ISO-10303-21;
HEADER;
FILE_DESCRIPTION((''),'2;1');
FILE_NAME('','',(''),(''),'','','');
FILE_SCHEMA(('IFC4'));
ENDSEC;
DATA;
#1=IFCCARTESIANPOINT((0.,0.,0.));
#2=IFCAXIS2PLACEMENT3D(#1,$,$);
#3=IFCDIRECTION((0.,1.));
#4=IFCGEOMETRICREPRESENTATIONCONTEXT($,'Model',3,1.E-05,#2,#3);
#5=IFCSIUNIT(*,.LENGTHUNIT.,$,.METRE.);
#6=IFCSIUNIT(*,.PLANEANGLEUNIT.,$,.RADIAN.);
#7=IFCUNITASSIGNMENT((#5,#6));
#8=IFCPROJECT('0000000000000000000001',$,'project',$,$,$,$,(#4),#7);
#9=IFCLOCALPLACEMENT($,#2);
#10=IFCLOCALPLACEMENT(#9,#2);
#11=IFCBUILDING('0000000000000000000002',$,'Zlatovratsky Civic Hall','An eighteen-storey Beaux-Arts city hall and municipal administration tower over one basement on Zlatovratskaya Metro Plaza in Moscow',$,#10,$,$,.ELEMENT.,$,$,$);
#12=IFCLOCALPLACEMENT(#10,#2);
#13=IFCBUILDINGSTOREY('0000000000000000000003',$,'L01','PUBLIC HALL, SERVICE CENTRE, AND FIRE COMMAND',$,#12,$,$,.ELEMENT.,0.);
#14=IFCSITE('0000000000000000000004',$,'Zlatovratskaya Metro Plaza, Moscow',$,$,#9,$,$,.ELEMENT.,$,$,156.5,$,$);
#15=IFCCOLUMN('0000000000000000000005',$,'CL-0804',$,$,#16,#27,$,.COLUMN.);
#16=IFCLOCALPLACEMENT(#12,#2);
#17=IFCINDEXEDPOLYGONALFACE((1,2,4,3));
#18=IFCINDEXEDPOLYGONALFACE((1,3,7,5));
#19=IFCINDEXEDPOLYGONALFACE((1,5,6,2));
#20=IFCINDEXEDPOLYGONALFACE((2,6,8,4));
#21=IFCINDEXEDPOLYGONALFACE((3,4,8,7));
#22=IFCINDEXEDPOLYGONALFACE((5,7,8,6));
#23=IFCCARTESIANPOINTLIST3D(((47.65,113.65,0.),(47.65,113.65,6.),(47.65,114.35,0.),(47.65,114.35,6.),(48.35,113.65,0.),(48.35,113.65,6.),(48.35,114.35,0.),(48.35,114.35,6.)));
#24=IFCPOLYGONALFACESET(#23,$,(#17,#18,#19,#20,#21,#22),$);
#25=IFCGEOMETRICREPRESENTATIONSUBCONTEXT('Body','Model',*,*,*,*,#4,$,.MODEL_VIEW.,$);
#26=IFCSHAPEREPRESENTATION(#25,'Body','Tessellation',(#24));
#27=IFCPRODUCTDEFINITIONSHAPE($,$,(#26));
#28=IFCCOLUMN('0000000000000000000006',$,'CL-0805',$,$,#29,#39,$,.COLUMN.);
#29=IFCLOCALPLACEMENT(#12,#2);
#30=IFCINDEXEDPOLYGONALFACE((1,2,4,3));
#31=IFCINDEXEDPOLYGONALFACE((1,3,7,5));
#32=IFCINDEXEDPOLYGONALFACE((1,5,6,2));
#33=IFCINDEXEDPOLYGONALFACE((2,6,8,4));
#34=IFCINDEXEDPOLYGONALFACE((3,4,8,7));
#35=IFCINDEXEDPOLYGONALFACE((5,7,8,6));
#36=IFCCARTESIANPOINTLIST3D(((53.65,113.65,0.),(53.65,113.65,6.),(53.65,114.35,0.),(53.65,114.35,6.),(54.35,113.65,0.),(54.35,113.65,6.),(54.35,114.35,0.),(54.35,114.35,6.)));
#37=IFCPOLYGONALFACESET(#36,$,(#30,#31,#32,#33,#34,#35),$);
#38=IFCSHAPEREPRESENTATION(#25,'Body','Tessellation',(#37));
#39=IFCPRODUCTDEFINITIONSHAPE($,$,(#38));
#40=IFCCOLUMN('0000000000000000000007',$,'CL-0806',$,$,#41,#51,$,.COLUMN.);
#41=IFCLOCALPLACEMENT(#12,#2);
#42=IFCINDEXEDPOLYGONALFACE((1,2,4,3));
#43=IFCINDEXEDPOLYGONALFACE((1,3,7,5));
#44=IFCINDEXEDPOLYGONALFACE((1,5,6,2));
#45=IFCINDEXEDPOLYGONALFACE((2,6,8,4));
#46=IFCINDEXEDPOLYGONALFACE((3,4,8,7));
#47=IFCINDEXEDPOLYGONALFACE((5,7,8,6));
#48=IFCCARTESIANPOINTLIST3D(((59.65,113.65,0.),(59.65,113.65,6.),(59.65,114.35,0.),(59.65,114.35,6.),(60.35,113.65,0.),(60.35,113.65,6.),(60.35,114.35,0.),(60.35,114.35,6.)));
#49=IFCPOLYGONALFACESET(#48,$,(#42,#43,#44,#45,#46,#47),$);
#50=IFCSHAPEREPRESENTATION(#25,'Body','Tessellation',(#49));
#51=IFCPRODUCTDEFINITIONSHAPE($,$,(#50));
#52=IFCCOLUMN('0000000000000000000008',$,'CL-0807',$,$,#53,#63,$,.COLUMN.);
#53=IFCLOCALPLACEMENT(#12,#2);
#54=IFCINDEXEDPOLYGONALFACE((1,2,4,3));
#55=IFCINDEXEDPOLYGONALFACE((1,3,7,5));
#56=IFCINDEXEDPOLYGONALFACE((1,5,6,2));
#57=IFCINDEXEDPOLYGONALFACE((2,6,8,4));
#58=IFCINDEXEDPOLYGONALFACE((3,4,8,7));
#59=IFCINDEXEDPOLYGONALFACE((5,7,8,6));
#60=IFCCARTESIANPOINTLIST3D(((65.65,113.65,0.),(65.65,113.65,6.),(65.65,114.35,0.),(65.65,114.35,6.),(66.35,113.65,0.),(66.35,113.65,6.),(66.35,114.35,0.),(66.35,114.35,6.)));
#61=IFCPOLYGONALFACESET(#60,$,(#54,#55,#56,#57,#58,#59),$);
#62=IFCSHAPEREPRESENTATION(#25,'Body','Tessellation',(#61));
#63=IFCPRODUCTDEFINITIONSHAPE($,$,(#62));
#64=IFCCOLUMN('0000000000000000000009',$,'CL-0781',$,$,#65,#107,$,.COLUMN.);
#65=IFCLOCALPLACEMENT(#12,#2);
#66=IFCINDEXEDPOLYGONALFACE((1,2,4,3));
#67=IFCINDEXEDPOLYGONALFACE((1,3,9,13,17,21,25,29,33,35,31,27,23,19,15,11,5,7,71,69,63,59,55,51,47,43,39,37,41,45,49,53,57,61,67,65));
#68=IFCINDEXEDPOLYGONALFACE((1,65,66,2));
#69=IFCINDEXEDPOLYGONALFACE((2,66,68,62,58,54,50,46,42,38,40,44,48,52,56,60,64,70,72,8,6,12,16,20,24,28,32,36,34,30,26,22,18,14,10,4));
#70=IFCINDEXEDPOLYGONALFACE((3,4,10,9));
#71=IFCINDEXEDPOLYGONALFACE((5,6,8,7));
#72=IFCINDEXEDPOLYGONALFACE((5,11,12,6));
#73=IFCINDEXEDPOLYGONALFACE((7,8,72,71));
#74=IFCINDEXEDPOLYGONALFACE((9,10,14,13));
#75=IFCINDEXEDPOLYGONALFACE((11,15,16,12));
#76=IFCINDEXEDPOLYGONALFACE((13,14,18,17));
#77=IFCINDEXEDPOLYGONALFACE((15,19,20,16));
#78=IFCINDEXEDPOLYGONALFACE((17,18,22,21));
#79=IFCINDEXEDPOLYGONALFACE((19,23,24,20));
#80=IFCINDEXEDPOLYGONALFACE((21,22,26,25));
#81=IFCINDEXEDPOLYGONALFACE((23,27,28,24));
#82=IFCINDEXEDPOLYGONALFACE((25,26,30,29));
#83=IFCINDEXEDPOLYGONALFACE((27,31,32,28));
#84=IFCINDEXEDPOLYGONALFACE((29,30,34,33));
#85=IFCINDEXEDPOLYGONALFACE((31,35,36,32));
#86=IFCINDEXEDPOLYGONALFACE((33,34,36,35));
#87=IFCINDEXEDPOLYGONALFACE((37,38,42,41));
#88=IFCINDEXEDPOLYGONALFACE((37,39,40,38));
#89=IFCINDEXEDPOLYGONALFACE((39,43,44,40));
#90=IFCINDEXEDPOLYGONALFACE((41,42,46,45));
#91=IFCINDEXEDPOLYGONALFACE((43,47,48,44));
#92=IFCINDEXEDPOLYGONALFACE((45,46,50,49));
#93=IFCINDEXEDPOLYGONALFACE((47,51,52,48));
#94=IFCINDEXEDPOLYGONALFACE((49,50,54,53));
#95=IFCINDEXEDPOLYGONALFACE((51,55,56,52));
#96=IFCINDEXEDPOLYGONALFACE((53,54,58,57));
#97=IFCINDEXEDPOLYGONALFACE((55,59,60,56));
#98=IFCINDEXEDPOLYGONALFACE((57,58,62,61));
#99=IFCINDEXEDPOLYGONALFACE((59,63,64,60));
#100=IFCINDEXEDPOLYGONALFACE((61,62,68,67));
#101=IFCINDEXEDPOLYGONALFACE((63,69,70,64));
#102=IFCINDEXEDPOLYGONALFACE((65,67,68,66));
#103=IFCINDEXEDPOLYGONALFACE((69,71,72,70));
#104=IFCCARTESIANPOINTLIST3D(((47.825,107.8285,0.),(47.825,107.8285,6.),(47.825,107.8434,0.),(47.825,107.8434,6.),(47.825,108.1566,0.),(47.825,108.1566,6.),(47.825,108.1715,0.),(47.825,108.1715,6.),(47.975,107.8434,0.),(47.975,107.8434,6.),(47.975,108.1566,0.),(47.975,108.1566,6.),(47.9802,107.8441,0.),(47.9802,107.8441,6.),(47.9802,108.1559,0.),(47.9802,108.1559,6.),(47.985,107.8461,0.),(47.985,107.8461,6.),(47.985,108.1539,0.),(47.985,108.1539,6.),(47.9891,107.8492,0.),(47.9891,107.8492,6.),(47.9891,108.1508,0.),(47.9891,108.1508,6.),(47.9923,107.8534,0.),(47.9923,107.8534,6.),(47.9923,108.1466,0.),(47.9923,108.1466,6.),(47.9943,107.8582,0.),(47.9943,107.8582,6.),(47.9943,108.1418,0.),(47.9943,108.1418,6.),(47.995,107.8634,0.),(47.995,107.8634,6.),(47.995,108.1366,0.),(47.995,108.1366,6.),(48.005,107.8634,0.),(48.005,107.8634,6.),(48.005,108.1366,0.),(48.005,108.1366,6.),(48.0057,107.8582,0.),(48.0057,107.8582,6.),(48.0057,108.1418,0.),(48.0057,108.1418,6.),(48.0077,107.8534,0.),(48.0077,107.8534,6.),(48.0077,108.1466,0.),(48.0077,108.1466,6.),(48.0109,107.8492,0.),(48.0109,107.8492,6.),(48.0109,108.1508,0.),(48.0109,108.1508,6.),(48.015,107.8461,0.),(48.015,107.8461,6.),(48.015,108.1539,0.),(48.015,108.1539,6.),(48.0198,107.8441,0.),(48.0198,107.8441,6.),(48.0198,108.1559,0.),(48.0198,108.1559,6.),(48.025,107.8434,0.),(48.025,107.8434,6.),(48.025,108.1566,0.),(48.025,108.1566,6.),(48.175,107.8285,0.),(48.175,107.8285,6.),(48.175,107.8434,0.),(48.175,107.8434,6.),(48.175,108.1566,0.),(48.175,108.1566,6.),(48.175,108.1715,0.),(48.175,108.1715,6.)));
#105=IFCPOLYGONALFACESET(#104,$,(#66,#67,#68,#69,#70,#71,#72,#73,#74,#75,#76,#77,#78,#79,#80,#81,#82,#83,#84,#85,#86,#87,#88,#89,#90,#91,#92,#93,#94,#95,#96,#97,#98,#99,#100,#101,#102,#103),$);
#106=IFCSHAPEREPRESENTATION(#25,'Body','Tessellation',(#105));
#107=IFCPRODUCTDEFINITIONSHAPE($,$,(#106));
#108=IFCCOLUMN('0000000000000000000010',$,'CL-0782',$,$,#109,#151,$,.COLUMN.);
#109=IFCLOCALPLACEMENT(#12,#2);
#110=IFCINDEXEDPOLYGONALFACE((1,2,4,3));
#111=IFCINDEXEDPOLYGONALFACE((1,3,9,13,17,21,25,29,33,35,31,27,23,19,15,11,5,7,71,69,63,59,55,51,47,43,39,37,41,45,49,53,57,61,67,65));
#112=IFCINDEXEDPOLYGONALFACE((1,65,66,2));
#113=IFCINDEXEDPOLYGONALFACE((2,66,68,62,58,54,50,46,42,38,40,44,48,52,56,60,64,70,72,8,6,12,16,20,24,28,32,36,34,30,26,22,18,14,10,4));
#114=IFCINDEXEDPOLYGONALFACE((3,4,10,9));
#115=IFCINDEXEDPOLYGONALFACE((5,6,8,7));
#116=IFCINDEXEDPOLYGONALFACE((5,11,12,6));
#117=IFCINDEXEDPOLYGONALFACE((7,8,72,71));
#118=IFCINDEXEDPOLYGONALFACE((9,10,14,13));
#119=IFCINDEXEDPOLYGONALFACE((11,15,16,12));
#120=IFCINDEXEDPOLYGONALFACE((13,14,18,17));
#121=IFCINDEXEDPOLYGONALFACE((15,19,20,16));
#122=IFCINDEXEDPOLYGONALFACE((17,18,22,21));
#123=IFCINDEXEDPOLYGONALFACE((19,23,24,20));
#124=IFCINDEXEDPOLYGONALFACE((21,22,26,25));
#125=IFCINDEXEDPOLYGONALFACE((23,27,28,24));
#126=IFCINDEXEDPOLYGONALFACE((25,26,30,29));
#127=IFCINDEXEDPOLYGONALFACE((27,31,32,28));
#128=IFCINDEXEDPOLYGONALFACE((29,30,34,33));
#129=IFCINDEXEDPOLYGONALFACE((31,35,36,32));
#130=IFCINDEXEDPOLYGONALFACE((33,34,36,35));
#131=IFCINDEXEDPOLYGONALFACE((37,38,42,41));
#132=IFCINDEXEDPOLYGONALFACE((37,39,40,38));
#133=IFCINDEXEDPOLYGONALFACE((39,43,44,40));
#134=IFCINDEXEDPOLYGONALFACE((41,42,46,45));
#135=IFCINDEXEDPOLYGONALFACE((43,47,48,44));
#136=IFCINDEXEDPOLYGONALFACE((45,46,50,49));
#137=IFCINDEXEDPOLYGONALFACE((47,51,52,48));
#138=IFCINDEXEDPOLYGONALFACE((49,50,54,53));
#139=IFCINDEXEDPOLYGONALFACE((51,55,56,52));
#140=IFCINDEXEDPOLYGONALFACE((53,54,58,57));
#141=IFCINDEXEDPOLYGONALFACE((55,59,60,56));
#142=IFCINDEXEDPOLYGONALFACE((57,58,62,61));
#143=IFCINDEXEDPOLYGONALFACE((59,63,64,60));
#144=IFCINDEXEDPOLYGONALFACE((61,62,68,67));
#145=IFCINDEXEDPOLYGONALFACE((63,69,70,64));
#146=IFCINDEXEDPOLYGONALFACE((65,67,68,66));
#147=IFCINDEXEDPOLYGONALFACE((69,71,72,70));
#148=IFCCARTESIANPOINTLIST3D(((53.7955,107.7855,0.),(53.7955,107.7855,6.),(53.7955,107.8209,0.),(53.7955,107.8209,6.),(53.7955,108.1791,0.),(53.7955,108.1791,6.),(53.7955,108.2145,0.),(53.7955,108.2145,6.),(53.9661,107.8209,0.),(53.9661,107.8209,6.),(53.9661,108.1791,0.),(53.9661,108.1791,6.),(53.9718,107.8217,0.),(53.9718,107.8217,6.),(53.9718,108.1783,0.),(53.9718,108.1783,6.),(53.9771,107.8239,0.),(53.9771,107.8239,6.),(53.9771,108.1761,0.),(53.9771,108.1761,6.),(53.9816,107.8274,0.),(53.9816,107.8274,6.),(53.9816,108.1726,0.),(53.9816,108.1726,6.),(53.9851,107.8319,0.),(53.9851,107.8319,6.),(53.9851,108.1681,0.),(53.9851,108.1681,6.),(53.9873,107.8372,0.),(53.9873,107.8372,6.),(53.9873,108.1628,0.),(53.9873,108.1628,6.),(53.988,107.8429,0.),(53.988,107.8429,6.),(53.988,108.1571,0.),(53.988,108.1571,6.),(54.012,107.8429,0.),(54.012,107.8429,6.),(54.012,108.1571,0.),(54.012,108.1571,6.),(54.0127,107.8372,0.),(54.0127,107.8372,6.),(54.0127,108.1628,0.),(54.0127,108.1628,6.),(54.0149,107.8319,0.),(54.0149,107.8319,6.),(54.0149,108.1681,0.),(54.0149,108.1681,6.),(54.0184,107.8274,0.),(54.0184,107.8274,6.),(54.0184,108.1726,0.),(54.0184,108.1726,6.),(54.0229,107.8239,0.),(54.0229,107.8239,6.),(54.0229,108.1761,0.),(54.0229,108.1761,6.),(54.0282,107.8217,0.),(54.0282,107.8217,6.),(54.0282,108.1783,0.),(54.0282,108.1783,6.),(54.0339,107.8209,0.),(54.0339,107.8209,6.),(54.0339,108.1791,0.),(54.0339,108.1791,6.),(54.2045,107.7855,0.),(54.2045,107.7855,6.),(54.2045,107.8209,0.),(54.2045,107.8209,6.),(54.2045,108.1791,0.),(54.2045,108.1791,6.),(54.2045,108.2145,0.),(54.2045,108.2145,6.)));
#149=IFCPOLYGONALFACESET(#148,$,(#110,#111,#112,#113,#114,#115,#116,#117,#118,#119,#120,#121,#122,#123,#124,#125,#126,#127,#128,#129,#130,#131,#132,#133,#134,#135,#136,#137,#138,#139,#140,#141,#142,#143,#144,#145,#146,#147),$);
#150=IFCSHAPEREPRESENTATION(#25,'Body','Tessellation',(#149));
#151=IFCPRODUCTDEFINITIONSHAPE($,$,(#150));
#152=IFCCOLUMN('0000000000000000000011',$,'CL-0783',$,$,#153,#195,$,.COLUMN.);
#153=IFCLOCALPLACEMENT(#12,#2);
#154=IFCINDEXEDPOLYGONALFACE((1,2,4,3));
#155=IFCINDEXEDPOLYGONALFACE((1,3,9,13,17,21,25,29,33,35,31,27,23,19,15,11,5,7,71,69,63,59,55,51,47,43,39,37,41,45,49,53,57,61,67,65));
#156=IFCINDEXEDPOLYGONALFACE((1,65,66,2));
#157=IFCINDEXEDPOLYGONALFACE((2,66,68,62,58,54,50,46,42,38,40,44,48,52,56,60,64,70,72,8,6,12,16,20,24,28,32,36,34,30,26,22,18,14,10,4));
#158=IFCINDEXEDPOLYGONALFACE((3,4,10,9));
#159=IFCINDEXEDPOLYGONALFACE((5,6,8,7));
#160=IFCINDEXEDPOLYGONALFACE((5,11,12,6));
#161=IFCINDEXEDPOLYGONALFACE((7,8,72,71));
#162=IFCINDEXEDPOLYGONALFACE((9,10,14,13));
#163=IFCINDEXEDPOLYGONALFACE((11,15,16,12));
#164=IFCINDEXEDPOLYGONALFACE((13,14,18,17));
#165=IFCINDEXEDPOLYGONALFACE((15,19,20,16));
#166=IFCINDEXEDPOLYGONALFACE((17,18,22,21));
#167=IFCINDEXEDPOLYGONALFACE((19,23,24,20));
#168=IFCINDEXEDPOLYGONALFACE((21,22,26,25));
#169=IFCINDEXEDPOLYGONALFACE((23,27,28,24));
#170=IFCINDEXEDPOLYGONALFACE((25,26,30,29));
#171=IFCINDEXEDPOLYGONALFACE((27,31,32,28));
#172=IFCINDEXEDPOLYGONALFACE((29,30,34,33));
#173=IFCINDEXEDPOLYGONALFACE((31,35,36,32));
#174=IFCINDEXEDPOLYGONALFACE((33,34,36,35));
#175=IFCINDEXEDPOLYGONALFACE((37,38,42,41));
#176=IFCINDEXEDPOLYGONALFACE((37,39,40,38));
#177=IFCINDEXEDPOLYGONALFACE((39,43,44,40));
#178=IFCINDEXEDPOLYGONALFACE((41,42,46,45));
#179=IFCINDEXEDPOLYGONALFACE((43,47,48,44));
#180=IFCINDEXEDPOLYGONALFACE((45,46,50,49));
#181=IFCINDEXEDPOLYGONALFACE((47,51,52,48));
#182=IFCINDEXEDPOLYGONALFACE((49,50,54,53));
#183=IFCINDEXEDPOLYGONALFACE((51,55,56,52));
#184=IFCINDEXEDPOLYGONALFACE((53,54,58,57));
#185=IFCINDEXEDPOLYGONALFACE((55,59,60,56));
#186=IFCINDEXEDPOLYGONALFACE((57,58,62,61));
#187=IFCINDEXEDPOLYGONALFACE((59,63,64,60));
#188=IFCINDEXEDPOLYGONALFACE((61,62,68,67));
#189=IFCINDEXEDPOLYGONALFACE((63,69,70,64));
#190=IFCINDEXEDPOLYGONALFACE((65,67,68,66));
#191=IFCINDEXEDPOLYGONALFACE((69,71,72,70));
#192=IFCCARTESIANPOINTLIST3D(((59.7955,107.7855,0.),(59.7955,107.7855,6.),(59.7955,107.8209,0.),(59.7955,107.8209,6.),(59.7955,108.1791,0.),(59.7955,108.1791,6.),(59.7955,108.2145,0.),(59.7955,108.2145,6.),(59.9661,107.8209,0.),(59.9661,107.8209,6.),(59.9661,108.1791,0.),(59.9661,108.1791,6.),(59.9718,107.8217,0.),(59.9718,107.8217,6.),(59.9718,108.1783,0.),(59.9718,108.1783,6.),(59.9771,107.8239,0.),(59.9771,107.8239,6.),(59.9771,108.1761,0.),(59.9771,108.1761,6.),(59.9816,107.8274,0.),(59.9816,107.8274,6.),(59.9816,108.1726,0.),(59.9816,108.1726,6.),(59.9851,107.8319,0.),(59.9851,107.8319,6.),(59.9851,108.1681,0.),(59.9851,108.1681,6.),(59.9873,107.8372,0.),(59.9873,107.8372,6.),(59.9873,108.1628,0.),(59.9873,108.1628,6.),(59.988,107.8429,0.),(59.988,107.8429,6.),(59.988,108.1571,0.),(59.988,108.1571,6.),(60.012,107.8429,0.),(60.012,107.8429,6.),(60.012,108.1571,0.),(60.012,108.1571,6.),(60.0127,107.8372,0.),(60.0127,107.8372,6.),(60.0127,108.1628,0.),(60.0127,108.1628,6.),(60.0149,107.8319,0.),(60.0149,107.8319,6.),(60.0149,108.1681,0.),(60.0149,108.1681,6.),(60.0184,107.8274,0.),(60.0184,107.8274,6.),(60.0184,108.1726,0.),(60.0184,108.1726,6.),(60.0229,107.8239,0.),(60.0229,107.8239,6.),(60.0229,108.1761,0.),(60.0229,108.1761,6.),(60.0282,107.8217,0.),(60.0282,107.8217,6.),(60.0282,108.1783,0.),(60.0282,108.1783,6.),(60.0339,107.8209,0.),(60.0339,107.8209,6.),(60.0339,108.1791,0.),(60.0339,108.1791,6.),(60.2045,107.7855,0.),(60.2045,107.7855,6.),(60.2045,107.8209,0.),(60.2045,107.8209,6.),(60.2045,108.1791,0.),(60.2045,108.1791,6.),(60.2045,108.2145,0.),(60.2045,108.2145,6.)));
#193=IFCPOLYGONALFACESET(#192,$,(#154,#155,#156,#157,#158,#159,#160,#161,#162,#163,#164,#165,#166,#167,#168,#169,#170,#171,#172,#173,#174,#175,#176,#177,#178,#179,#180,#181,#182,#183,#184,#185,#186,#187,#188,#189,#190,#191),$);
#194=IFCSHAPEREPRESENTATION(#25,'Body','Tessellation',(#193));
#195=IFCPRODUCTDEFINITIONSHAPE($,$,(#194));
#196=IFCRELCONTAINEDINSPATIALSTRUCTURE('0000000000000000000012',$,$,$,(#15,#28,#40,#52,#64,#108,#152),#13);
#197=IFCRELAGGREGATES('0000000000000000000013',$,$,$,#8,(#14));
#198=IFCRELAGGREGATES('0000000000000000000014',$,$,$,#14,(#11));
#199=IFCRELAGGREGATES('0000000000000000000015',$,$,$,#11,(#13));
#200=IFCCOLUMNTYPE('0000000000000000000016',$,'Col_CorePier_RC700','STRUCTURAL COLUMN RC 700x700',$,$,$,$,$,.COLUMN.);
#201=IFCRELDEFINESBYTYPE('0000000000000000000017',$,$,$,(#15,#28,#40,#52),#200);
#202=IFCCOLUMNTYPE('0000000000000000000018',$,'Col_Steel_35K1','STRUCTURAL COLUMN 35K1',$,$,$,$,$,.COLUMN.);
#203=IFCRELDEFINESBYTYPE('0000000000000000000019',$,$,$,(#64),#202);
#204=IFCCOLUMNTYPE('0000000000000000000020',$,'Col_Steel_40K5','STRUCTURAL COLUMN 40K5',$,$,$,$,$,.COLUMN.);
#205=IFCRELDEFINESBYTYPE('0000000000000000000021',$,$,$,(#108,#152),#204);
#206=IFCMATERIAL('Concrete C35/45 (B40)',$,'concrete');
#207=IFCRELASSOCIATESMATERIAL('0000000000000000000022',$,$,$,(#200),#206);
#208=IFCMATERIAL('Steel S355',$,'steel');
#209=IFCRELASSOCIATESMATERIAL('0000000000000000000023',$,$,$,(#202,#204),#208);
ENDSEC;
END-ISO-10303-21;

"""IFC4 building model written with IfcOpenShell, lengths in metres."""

from ifc_helpers import new_model, si_unit, direction, frame, origin, origin_2d, place, context, subcontext, project, spatial, rectangle, i_section, extrude, material, material_profile, profile_set, type_object, element, save


model = new_model("IFC4")

# Units and contexts
model_context = context("Model", 3, precision=1e-05, world=origin(), true_north=direction((0.0, 1.0)))
body_context = subcontext(model_context, "Body", "Model", "MODEL_VIEW")
ifc_project = project(units=[si_unit("LENGTHUNIT", "METRE"), si_unit("PLANEANGLEUNIT", "RADIAN")], contexts=[model_context])

# Site, building, storey
site_placement = place(None, origin())
site = spatial("IfcSite", under=ifc_project, at=site_placement, Name="Zlatovratskaya Metro Plaza, Moscow", CompositionType="ELEMENT", RefElevation=156.5)
building_placement = place(site_placement, origin())
building = spatial("IfcBuilding", under=site, at=building_placement, Name="Zlatovratsky Civic Hall", Description="An eighteen-storey Beaux-Arts city hall and municipal administration tower over one basement on Zlatovratskaya Metro Plaza in Moscow", CompositionType="ELEMENT")
storey_placement = place(building_placement, origin())
storey = spatial("IfcBuildingStorey", under=building, at=storey_placement, Name="L01", Description="PUBLIC HALL, SERVICE CENTRE, AND FIRE COMMAND", CompositionType="ELEMENT", Elevation=0.0)

# Columns
ifc_material_1 = material(Name="Concrete C35/45 (B40)", Category="concrete")
ifc_material_profile_1 = material_profile(ifc_material_1, rectangle(XDim=0.7, YDim=0.7, at=origin_2d()), Name="RC 700x700")
ifc_profile_set_1 = profile_set([ifc_material_profile_1], Name="Concrete C35/45 (B40)")
column_type_1 = type_object("IfcColumnType", Name="Col_CorePier_RC700", Description="STRUCTURAL COLUMN RC 700x700", PredefinedType="COLUMN", material=ifc_profile_set_1)
for number, where, z_axis, x_axis, name in (
    (1, (48.0, 114.0, 0.0), (0.0, 0.0, 1.0), (1.0, 0.0, 0.0), "CL-0804"),
    (2, (54.0, 114.0, 0.0), (0.0, 0.0, 1.0), (1.0, 0.0, 0.0), "CL-0805"),
    (3, (60.0, 114.0, 0.0), (0.0, 0.0, 1.0), (1.0, 0.0, 0.0), "CL-0806"),
    (4, (66.0, 114.0, 0.0), (0.0, 0.0, 1.0), (1.0, 0.0, 0.0), "CL-0807"),
):
    element("IfcColumn", number, at=place(storey_placement, frame(where, z_axis=z_axis, x_axis=x_axis)), inside=storey, type_object=column_type_1, Name=name, PredefinedType="COLUMN", context=body_context, shape_type="SweptSolid", body=[
        extrude(rectangle(XDim=0.7, YDim=0.7, at=origin_2d()), origin(), (0.0, 0.0, 1.0), 6.0),
    ])
ifc_material_2 = material(Name="Steel S355", Category="steel")
ifc_material_profile_2 = material_profile(ifc_material_2, i_section(OverallWidth=0.3501, OverallDepth=0.343, WebThickness=0.01, FlangeThickness=0.0149, FilletRadius=0.02, at=origin_2d()), Name="35K1")
ifc_profile_set_2 = profile_set([ifc_material_profile_2], Name="Steel S355")
column_type_2 = type_object("IfcColumnType", Name="Col_Steel_35K1", Description="STRUCTURAL COLUMN 35K1", PredefinedType="COLUMN", material=ifc_profile_set_2)
column_placement = place(storey_placement, frame((48.0, 108.0, 0.0), z_axis=(0.0, 0.0, 1.0), x_axis=(1.0, 0.0, 0.0)))
element("IfcColumn", 5, at=column_placement, inside=storey, type_object=column_type_2, Name="CL-0781", PredefinedType="COLUMN", context=body_context, shape_type="SweptSolid", body=[
    extrude(i_section(OverallWidth=0.3501, OverallDepth=0.343, WebThickness=0.01, FlangeThickness=0.0149, FilletRadius=0.02, at=origin_2d()), origin(), (0.0, 0.0, 1.0), 6.0),
])
ifc_material_profile_3 = material_profile(ifc_material_2, i_section(OverallWidth=0.4089, OverallDepth=0.429, WebThickness=0.0239, FlangeThickness=0.0354, FilletRadius=0.022, at=origin_2d()), Name="40K5")
ifc_profile_set_3 = profile_set([ifc_material_profile_3], Name="Steel S355")
column_type_3 = type_object("IfcColumnType", Name="Col_Steel_40K5", Description="STRUCTURAL COLUMN 40K5", PredefinedType="COLUMN", material=ifc_profile_set_3)
for number, where, z_axis, x_axis, name in (
    (6, (54.0, 108.0, 0.0), (0.0, 0.0, 1.0), (1.0, 0.0, 0.0), "CL-0782"),
    (7, (60.0, 108.0, 0.0), (0.0, 0.0, 1.0), (1.0, 0.0, 0.0), "CL-0783"),
):
    element("IfcColumn", number, at=place(storey_placement, frame(where, z_axis=z_axis, x_axis=x_axis)), inside=storey, type_object=column_type_3, Name=name, PredefinedType="COLUMN", context=body_context, shape_type="SweptSolid", body=[
        extrude(i_section(OverallWidth=0.4089, OverallDepth=0.429, WebThickness=0.0239, FlangeThickness=0.0354, FilletRadius=0.022, at=origin_2d()), origin(), (0.0, 0.0, 1.0), 6.0),
    ])

save(model, "model.ifc")
